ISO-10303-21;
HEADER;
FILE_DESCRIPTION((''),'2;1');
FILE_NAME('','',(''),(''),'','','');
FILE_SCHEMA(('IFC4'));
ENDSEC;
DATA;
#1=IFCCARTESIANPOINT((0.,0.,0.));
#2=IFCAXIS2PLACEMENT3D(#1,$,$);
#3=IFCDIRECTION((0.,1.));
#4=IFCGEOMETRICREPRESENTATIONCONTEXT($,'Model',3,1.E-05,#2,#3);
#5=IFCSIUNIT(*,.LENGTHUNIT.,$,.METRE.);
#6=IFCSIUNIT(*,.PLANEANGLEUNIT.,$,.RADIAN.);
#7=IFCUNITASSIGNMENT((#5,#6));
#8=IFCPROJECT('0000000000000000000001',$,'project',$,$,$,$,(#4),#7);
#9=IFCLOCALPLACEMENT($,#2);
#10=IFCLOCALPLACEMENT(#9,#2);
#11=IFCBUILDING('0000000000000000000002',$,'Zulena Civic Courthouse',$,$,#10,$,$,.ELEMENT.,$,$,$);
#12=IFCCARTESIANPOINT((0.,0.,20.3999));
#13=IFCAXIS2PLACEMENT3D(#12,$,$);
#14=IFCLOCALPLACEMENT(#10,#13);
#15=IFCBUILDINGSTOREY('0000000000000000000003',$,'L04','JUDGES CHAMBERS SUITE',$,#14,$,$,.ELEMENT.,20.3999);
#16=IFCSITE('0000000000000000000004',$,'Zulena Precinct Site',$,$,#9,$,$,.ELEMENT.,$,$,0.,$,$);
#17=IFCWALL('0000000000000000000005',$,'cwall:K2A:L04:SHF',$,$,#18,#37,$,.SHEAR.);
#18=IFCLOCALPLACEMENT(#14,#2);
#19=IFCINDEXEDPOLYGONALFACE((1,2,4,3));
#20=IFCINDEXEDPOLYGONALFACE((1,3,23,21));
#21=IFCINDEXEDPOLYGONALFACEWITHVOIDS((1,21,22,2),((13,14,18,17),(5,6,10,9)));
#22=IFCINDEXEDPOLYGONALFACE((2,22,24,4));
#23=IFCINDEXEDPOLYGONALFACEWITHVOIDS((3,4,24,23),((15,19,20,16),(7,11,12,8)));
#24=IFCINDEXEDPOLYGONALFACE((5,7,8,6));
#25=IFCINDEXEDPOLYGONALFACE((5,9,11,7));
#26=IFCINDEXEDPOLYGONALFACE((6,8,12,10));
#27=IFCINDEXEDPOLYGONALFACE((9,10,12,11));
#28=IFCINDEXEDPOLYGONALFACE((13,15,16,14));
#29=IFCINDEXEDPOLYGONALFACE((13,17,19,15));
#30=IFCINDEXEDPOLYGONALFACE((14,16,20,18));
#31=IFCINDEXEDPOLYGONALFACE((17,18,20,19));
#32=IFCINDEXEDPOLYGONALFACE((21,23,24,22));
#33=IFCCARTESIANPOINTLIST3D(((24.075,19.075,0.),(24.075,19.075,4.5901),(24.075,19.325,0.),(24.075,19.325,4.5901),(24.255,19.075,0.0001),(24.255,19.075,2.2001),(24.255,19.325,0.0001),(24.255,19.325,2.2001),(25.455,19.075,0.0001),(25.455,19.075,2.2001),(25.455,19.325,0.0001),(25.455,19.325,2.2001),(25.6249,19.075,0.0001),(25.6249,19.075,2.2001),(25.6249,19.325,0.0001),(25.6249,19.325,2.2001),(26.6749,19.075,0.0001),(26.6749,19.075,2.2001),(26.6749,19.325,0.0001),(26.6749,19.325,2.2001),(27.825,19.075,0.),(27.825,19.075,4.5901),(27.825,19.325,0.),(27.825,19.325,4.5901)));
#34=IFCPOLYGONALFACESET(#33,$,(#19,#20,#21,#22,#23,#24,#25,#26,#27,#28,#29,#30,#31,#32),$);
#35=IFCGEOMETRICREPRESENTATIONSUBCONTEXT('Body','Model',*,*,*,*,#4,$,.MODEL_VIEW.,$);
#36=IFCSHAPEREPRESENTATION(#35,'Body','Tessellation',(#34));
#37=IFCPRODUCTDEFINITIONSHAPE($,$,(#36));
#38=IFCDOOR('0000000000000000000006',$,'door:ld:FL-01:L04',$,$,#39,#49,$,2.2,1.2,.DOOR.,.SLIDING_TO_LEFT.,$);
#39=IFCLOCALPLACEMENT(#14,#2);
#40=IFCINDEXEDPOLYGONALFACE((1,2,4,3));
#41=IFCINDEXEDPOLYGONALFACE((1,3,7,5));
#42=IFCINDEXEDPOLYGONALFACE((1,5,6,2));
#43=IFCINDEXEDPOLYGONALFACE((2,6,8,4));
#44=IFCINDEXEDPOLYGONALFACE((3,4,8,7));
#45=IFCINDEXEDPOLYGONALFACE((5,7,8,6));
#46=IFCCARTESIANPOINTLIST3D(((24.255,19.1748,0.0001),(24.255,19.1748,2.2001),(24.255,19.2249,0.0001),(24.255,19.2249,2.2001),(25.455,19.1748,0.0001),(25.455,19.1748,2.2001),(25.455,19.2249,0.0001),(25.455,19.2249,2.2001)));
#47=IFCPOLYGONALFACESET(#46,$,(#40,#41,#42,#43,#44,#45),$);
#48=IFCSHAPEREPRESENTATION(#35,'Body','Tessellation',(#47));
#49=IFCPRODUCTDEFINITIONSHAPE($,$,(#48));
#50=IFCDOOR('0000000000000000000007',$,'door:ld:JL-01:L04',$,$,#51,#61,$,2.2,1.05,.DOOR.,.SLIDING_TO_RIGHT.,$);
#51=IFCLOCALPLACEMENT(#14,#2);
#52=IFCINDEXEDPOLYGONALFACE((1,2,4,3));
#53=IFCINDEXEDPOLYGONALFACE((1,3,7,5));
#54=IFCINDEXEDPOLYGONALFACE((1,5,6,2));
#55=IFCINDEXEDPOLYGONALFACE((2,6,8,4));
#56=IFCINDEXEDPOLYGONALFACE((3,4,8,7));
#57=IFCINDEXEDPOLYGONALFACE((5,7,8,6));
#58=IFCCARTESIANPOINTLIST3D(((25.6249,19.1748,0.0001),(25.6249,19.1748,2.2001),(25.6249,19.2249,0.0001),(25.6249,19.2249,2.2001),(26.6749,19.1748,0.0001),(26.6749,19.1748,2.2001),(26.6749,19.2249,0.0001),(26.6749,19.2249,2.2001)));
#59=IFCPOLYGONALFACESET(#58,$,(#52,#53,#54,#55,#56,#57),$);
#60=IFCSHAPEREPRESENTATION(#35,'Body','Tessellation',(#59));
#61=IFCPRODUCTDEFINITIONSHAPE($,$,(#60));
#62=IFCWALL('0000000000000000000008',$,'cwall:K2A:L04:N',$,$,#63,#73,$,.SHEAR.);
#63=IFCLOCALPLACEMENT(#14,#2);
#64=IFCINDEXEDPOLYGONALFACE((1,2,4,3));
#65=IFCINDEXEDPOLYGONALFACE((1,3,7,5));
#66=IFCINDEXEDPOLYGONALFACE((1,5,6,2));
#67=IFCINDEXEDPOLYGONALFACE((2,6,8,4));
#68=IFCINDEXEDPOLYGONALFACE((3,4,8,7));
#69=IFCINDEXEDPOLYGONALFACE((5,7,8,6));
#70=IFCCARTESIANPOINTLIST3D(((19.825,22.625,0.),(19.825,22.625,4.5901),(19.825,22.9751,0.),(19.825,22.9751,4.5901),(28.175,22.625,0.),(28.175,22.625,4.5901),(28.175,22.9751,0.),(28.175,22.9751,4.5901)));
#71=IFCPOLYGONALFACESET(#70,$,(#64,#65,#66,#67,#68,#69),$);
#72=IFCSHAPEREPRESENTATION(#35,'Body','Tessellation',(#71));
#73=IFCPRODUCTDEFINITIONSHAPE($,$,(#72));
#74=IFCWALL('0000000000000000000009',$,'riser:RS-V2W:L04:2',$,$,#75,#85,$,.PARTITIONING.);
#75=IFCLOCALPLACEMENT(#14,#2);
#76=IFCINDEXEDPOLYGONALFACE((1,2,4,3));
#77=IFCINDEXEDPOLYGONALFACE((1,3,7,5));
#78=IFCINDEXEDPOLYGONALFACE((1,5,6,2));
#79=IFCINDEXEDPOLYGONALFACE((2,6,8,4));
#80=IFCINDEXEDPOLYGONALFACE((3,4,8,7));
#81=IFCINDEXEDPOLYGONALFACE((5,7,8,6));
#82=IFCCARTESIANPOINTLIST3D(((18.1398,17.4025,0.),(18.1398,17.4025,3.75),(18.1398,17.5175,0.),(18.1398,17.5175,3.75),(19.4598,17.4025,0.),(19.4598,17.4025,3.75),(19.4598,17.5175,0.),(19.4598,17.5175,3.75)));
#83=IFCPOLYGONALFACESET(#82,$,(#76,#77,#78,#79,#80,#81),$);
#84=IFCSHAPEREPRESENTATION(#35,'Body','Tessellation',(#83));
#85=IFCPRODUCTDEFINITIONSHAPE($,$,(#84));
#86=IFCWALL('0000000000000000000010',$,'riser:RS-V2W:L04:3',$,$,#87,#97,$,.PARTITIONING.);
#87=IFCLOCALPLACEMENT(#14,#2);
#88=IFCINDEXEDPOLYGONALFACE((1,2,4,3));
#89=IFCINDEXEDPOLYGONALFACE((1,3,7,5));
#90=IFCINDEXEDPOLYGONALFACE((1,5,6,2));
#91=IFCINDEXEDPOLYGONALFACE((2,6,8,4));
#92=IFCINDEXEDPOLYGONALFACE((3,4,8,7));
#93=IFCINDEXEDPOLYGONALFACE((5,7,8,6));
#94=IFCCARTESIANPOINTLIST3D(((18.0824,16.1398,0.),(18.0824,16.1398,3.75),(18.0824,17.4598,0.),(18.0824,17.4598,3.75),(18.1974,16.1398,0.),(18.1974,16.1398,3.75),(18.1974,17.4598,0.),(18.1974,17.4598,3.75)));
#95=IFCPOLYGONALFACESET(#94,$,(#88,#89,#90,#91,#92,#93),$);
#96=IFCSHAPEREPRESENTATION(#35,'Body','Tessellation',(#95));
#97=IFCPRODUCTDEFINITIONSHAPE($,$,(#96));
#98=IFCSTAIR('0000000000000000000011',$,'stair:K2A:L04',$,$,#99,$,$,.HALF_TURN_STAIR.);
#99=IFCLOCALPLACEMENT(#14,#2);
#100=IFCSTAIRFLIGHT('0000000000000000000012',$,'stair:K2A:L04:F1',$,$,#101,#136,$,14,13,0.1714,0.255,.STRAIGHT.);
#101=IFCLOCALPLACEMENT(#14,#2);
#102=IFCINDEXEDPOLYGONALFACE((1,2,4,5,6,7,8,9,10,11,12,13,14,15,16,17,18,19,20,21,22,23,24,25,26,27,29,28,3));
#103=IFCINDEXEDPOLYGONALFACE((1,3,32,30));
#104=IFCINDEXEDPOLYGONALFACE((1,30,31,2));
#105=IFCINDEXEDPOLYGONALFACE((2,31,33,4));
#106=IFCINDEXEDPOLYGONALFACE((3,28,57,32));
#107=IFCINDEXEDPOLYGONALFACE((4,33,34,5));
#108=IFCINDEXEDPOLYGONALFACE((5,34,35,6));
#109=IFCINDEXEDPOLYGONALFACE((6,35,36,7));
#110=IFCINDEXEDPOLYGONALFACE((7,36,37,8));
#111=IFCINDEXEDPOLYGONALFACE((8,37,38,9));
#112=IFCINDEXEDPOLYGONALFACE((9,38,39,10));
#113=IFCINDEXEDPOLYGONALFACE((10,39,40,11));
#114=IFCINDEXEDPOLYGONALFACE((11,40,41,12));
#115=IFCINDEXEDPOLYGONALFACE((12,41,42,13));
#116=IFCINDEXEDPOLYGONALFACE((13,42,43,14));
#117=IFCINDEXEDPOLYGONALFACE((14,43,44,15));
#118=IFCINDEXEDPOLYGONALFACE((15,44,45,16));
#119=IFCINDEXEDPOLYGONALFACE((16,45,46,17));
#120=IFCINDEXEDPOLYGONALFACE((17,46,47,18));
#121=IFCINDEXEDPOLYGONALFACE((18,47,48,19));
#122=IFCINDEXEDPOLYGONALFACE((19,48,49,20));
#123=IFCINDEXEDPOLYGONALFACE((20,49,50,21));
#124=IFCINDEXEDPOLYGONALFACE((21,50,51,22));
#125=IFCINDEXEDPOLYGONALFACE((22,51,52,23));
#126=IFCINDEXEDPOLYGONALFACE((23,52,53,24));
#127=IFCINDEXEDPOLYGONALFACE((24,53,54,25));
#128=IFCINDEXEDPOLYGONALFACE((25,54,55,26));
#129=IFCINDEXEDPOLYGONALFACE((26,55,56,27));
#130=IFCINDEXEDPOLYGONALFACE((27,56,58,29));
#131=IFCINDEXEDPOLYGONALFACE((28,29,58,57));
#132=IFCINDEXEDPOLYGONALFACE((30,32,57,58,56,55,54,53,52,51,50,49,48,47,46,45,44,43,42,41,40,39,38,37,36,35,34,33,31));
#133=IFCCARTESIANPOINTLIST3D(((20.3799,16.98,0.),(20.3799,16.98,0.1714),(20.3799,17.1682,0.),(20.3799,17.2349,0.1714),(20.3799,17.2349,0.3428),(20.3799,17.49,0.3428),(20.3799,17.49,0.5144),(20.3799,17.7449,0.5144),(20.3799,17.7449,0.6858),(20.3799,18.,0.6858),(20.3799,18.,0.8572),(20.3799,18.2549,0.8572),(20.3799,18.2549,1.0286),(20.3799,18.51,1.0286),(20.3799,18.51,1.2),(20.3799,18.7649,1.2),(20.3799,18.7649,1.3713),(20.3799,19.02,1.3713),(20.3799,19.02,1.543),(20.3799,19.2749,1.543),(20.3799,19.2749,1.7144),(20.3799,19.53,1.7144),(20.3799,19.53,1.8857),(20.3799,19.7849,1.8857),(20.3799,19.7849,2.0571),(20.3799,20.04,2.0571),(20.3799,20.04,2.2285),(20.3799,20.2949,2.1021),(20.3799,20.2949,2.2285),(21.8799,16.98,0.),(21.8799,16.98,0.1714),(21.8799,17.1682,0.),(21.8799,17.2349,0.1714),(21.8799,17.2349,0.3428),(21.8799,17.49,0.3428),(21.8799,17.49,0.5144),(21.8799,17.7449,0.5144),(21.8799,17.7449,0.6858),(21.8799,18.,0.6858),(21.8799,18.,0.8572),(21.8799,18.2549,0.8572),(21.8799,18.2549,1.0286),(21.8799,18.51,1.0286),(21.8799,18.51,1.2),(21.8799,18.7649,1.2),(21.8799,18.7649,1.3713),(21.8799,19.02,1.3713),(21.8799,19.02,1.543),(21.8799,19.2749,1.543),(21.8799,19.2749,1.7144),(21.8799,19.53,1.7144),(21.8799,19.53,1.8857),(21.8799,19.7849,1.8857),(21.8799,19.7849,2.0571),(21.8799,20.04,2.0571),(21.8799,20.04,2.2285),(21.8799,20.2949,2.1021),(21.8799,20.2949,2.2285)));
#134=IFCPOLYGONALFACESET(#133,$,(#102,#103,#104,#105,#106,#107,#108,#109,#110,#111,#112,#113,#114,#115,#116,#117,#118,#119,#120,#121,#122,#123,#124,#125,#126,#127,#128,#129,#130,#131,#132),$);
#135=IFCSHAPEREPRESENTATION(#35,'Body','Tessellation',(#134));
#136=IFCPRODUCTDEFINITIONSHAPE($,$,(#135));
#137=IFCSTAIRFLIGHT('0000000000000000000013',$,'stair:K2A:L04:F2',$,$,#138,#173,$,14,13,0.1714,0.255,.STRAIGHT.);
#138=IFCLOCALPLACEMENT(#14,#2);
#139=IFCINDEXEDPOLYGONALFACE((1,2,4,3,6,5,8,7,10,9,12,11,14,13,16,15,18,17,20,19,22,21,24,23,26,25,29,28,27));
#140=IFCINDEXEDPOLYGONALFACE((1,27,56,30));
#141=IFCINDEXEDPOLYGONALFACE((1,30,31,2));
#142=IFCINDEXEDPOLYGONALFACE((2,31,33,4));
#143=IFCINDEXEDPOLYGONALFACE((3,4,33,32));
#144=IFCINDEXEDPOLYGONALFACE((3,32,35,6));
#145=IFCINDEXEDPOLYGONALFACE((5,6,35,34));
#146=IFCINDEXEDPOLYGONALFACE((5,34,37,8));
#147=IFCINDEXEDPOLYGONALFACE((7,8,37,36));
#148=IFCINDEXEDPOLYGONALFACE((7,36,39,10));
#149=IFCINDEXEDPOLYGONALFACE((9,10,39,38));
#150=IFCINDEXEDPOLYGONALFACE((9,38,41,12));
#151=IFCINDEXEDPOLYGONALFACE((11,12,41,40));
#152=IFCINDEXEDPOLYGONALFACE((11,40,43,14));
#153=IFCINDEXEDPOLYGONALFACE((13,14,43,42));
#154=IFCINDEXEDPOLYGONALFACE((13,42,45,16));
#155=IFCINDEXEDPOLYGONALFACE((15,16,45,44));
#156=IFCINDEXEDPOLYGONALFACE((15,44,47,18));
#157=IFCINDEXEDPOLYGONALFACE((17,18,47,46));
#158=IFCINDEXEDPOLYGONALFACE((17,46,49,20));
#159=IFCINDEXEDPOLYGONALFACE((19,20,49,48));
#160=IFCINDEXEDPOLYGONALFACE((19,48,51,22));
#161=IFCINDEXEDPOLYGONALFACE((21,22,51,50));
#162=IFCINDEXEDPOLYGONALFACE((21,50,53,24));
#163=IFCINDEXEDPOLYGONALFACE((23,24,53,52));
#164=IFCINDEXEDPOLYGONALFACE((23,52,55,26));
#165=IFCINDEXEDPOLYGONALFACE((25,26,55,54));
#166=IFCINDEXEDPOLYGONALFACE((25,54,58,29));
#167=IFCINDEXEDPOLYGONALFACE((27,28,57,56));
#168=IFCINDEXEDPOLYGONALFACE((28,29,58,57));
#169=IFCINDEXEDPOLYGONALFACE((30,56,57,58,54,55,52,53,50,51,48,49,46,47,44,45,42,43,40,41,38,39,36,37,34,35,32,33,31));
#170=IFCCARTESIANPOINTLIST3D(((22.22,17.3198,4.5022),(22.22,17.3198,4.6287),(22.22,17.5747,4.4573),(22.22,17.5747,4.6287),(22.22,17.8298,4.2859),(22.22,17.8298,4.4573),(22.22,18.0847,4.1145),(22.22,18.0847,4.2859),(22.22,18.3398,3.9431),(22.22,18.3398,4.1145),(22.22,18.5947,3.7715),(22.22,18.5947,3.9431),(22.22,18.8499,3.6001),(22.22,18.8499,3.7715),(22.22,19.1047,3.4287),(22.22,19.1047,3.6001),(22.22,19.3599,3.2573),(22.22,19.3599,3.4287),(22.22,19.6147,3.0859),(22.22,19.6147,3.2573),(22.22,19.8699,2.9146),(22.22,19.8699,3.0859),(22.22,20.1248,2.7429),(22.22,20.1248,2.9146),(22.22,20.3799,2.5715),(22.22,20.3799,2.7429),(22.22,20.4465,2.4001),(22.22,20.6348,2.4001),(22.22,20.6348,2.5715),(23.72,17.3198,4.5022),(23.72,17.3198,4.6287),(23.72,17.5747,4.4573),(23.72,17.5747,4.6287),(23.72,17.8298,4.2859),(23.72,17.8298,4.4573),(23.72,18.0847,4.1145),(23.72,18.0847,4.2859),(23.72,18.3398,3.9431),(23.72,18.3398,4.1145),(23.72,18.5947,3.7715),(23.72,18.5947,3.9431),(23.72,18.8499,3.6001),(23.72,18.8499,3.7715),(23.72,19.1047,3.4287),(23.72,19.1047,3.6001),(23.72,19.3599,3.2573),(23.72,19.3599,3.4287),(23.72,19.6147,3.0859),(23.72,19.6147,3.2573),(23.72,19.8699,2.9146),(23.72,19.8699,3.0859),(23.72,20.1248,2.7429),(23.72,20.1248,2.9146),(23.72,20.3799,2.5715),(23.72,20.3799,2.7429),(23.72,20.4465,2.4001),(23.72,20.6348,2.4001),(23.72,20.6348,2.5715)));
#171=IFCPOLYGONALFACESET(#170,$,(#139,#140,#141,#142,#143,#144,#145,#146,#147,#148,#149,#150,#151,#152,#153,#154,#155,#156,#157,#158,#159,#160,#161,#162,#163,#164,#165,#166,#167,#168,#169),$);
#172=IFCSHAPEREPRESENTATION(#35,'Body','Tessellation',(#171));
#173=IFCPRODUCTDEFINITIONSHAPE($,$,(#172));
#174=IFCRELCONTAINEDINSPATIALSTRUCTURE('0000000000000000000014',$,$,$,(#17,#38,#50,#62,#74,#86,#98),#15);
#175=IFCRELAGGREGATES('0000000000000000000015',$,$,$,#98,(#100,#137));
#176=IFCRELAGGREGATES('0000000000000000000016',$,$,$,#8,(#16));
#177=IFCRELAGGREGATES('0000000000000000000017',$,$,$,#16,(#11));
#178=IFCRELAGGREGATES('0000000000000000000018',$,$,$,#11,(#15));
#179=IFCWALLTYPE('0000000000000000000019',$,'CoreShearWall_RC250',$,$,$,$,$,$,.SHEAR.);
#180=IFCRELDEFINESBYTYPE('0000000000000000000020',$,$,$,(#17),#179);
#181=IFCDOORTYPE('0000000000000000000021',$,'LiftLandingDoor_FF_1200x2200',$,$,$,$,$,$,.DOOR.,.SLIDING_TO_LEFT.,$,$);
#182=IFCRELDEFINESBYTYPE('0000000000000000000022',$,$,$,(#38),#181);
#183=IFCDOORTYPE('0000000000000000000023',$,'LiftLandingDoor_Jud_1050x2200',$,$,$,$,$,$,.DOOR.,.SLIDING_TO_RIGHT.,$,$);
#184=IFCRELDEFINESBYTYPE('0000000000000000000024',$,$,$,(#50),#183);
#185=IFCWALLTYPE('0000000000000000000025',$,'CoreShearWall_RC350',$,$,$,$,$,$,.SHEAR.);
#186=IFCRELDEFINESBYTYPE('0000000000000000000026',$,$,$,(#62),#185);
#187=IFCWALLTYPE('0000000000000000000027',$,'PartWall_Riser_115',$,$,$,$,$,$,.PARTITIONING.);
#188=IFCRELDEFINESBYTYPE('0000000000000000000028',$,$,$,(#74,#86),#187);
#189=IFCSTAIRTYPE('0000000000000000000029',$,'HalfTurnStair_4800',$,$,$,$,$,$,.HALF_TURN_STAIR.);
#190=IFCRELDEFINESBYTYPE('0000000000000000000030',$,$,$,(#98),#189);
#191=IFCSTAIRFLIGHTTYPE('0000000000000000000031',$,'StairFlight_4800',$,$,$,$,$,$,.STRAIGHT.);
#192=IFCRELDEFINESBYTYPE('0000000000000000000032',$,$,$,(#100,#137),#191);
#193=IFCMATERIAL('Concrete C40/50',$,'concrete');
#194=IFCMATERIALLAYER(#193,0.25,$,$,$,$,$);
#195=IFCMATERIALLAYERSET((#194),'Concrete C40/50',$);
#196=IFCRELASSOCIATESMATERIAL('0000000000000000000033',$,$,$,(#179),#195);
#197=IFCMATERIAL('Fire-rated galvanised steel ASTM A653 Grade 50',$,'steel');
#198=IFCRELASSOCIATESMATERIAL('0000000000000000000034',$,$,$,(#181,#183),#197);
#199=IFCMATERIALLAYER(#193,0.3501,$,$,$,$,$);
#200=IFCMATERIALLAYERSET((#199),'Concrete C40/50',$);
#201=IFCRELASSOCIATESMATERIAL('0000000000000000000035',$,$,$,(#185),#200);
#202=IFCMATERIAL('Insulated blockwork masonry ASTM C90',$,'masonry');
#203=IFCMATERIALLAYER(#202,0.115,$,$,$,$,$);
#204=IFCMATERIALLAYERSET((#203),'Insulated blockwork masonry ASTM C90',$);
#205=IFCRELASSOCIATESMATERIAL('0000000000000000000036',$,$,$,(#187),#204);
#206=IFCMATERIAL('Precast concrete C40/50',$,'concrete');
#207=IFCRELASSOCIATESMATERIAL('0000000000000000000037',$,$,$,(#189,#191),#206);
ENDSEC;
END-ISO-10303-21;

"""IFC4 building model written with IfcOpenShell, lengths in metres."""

from ifc_helpers import new_model, si_unit, direction, frame, frame_2d, origin, place, context, subcontext, project, spatial, polyline, rectangle, outline, extrude, material, layer, layer_set, type_object, element, fill, aggregate, save


model = new_model("IFC4")

# Units and contexts
model_context = context("Model", 3, precision=1e-05, world=origin(), true_north=direction((0.0, 1.0)))
body_context = subcontext(model_context, "Body", "Model", "MODEL_VIEW")
ifc_project = project(units=[si_unit("LENGTHUNIT", "METRE"), si_unit("PLANEANGLEUNIT", "RADIAN")], contexts=[model_context])

# Site, building, storey
site_placement = place(None, origin())
site = spatial("IfcSite", under=ifc_project, at=site_placement, Name="Zulena Precinct Site", CompositionType="ELEMENT", RefElevation=0.0)
building_placement = place(site_placement, origin())
building = spatial("IfcBuilding", under=site, at=building_placement, Name="Zulena Civic Courthouse", CompositionType="ELEMENT")
storey_placement = place(building_placement, frame((0.0, 0.0, 20.3999)))
storey = spatial("IfcBuildingStorey", under=building, at=storey_placement, Name="L04", Description="JUDGES CHAMBERS SUITE", CompositionType="ELEMENT", Elevation=20.3999)

# Wall, openings, doors
ifc_material_1 = material(Name="Concrete C40/50", Category="concrete")
ifc_layer_1 = layer(ifc_material_1, 0.25)
ifc_layer_set_1 = layer_set([ifc_layer_1], Name="Concrete C40/50")
wall_type_1 = type_object("IfcWallType", Name="CoreShearWall_RC250", PredefinedType="SHEAR", material=ifc_layer_set_1)
wall_1_placement = place(storey_placement, frame((24.075, 19.2, 0.0), z_axis=(0.0, 0.0, 1.0), x_axis=(1.0, 0.0, 0.0)))
wall_1 = element("IfcWall", 1, at=wall_1_placement, inside=storey, type_object=wall_type_1, Name="cwall:K2A:L04:SHF", PredefinedType="SHEAR", context=body_context, shape_type="SweptSolid", body=[
    extrude(rectangle(XDim=3.75, YDim=0.25, at=frame_2d((1.875, 0.0))), origin(), (0.0, 0.0, 1.0), 4.5901),
])
opening_1_placement = place(wall_1_placement, frame((0.1799, 0.0, 0.0)))
opening_1 = element("IfcOpeningElement", 2, at=opening_1_placement, cuts=wall_1, PredefinedType="OPENING", context=body_context, shape_type="SweptSolid", body=[
    extrude(rectangle(XDim=1.2, YDim=2.2, at=frame_2d((0.6001, 1.1001))), frame((0.0, 0.135, 0.0), z_axis=(0.0, -1.0, 0.0), x_axis=(1.0, 0.0, 0.0)), (0.0, 0.0, 1.0), 0.27),
])
opening_2_placement = place(wall_1_placement, frame((1.55, 0.0, 0.0)))
opening_2 = element("IfcOpeningElement", 3, at=opening_2_placement, cuts=wall_1, PredefinedType="OPENING", context=body_context, shape_type="SweptSolid", body=[
    extrude(rectangle(XDim=1.05, YDim=2.2, at=frame_2d((0.5249, 1.1001))), frame((0.0, 0.135, 0.0), z_axis=(0.0, -1.0, 0.0), x_axis=(1.0, 0.0, 0.0)), (0.0, 0.0, 1.0), 0.27),
])
ifc_material_2 = material(Name="Fire-rated galvanised steel ASTM A653 Grade 50", Category="steel")
door_type_1 = type_object("IfcDoorType", Name="LiftLandingDoor_FF_1200x2200", OperationType="SLIDING_TO_LEFT", PredefinedType="DOOR", material=ifc_material_2)
door_1_placement = place(opening_1_placement, origin())
door_1 = element("IfcDoor", 4, at=door_1_placement, inside=storey, type_object=door_type_1, Name="door:ld:FL-01:L04", OperationType="SLIDING_TO_LEFT", OverallHeight=2.2, OverallWidth=1.2, PredefinedType="DOOR", context=body_context, shape_type="SweptSolid", body=[
    extrude(rectangle(XDim=1.2, YDim=2.2, at=frame_2d((0.6001, 1.1001))), frame((0.0, 0.0249, 0.0), z_axis=(0.0, -1.0, 0.0), x_axis=(1.0, 0.0, 0.0)), (0.0, 0.0, 1.0), 0.05),
])
fill(opening_1, door_1)
door_type_2 = type_object("IfcDoorType", Name="LiftLandingDoor_Jud_1050x2200", OperationType="SLIDING_TO_RIGHT", PredefinedType="DOOR", material=ifc_material_2)
door_2_placement = place(opening_2_placement, origin())
door_2 = element("IfcDoor", 5, at=door_2_placement, inside=storey, type_object=door_type_2, Name="door:ld:JL-01:L04", OperationType="SLIDING_TO_RIGHT", OverallHeight=2.2, OverallWidth=1.05, PredefinedType="DOOR", context=body_context, shape_type="SweptSolid", body=[
    extrude(rectangle(XDim=1.05, YDim=2.2, at=frame_2d((0.5249, 1.1001))), frame((0.0, 0.0249, 0.0), z_axis=(0.0, -1.0, 0.0), x_axis=(1.0, 0.0, 0.0)), (0.0, 0.0, 1.0), 0.05),
])
fill(opening_2, door_2)

# Walls
ifc_layer_2 = layer(ifc_material_1, 0.3501)
ifc_layer_set_2 = layer_set([ifc_layer_2], Name="Concrete C40/50")
wall_type_2 = type_object("IfcWallType", Name="CoreShearWall_RC350", PredefinedType="SHEAR", material=ifc_layer_set_2)
wall_2_placement = place(storey_placement, frame((19.825, 22.8, 0.0), z_axis=(0.0, 0.0, 1.0), x_axis=(1.0, 0.0, 0.0)))
element("IfcWall", 6, at=wall_2_placement, inside=storey, type_object=wall_type_2, Name="cwall:K2A:L04:N", PredefinedType="SHEAR", context=body_context, shape_type="SweptSolid", body=[
    extrude(rectangle(XDim=8.3501, YDim=0.3501, at=frame_2d((4.175, 0.0))), origin(), (0.0, 0.0, 1.0), 4.5901),
])
ifc_material_3 = material(Name="Insulated blockwork masonry ASTM C90", Category="masonry")
ifc_layer_3 = layer(ifc_material_3, 0.115)
ifc_layer_set_3 = layer_set([ifc_layer_3], Name="Insulated blockwork masonry ASTM C90")
wall_type_3 = type_object("IfcWallType", Name="PartWall_Riser_115", PredefinedType="PARTITIONING", material=ifc_layer_set_3)
for number, where, z_axis, x_axis, name in (
    (7, (19.46, 17.46, 0.0), (0.0, 0.0, 1.0), (-1.0, 0.0, 0.0), "riser:RS-V2W:L04:2"),
    (8, (18.1399, 17.46, 0.0), (0.0, 0.0, 1.0), (0.0, -1.0, 0.0), "riser:RS-V2W:L04:3"),
):
    element("IfcWall", number, at=place(storey_placement, frame(where, z_axis=z_axis, x_axis=x_axis)), inside=storey, type_object=wall_type_3, Name=name, PredefinedType="PARTITIONING", context=body_context, shape_type="SweptSolid", body=[
        extrude(rectangle(XDim=1.3201, YDim=0.115, at=frame_2d((0.6602, 0.0))), origin(), (0.0, 0.0, 1.0), 3.75),
    ])

# Stair, stair flights
ifc_material_4 = material(Name="Precast concrete C40/50", Category="concrete")
stair_type = type_object("IfcStairType", Name="HalfTurnStair_4800", PredefinedType="HALF_TURN_STAIR", material=ifc_material_4)
stair_placement = place(storey_placement, origin())
stair = element("IfcStair", 9, at=stair_placement, inside=storey, type_object=stair_type, Name="stair:K2A:L04", PredefinedType="HALF_TURN_STAIR")
stair_flight_type = type_object("IfcStairFlightType", Name="StairFlight_4800", PredefinedType="STRAIGHT", material=ifc_material_4)
stair_flight_1_placement = place(storey_placement, frame((21.1299, 16.98, 0.0), z_axis=(0.0, 0.0, 1.0), x_axis=(0.0, 1.0, 0.0)))
stair_flight_1 = element("IfcStairFlight", 10, at=stair_flight_1_placement, type_object=stair_flight_type, Name="stair:K2A:L04:F1", NumberOfRisers=14, NumberOfTreads=13, PredefinedType="STRAIGHT", RiserHeight=0.1714, TreadLength=0.255, context=body_context, shape_type="SweptSolid", body=[
    extrude(outline(polyline([(0.0, 0.0), (0.0, 0.1714), (0.2549, 0.1714), (0.2549, 0.3428), (0.51, 0.3428), (0.51, 0.5144), (0.7649, 0.5144), (0.7649, 0.6858), (1.02, 0.6858), (1.02, 0.8572), (1.2749, 0.8572), (1.2749, 1.0286), (1.53, 1.0286), (1.53, 1.2), (1.7849, 1.2), (1.7849, 1.3713), (2.04, 1.3713), (2.04, 1.543), (2.2949, 1.543), (2.2949, 1.7144), (2.55, 1.7144), (2.55, 1.8857), (2.8049, 1.8857), (2.8049, 2.0571), (3.0601, 2.0571), (3.0601, 2.2285), (3.3149, 2.2285), (3.3149, 2.3999), (3.3149, 2.1021), (0.1882, 0.0), (0.0, 0.0)])), frame((0.0, 0.75, 0.0), z_axis=(0.0, -1.0, 0.0), x_axis=(1.0, 0.0, 0.0)), (0.0, 0.0, 1.0), 1.5),
])
stair_flight_2_placement = place(storey_placement, frame((22.97, 20.6348, 2.4001), z_axis=(0.0, 0.0, 1.0), x_axis=(0.0, -1.0, 0.0)))
stair_flight_2 = element("IfcStairFlight", 11, at=stair_flight_2_placement, type_object=stair_flight_type, Name="stair:K2A:L04:F2", NumberOfRisers=14, NumberOfTreads=13, PredefinedType="STRAIGHT", RiserHeight=0.1714, TreadLength=0.255, context=body_context, shape_type="SweptSolid", body=[
    extrude(outline(polyline([(0.0, 0.0), (0.0, 0.1714), (0.2549, 0.1714), (0.2549, 0.3428), (0.51, 0.3428), (0.51, 0.5144), (0.7649, 0.5144), (0.7649, 0.6858), (1.02, 0.6858), (1.02, 0.8572), (1.2749, 0.8572), (1.2749, 1.0286), (1.53, 1.0286), (1.53, 1.2), (1.7849, 1.2), (1.7849, 1.3713), (2.04, 1.3713), (2.04, 1.543), (2.2949, 1.543), (2.2949, 1.7144), (2.55, 1.7144), (2.55, 1.8857), (2.8049, 1.8857), (2.8049, 2.0571), (3.0601, 2.0571), (3.0601, 2.2285), (3.3149, 2.2285), (3.3149, 2.3999), (3.3149, 2.1021), (0.1882, 0.0), (0.0, 0.0)])), frame((0.0, 0.75, 0.0), z_axis=(0.0, -1.0, 0.0), x_axis=(1.0, 0.0, 0.0)), (0.0, 0.0, 1.0), 1.5),
])
aggregate(stair, [stair_flight_1, stair_flight_2])

save(model, "model.ifc")
